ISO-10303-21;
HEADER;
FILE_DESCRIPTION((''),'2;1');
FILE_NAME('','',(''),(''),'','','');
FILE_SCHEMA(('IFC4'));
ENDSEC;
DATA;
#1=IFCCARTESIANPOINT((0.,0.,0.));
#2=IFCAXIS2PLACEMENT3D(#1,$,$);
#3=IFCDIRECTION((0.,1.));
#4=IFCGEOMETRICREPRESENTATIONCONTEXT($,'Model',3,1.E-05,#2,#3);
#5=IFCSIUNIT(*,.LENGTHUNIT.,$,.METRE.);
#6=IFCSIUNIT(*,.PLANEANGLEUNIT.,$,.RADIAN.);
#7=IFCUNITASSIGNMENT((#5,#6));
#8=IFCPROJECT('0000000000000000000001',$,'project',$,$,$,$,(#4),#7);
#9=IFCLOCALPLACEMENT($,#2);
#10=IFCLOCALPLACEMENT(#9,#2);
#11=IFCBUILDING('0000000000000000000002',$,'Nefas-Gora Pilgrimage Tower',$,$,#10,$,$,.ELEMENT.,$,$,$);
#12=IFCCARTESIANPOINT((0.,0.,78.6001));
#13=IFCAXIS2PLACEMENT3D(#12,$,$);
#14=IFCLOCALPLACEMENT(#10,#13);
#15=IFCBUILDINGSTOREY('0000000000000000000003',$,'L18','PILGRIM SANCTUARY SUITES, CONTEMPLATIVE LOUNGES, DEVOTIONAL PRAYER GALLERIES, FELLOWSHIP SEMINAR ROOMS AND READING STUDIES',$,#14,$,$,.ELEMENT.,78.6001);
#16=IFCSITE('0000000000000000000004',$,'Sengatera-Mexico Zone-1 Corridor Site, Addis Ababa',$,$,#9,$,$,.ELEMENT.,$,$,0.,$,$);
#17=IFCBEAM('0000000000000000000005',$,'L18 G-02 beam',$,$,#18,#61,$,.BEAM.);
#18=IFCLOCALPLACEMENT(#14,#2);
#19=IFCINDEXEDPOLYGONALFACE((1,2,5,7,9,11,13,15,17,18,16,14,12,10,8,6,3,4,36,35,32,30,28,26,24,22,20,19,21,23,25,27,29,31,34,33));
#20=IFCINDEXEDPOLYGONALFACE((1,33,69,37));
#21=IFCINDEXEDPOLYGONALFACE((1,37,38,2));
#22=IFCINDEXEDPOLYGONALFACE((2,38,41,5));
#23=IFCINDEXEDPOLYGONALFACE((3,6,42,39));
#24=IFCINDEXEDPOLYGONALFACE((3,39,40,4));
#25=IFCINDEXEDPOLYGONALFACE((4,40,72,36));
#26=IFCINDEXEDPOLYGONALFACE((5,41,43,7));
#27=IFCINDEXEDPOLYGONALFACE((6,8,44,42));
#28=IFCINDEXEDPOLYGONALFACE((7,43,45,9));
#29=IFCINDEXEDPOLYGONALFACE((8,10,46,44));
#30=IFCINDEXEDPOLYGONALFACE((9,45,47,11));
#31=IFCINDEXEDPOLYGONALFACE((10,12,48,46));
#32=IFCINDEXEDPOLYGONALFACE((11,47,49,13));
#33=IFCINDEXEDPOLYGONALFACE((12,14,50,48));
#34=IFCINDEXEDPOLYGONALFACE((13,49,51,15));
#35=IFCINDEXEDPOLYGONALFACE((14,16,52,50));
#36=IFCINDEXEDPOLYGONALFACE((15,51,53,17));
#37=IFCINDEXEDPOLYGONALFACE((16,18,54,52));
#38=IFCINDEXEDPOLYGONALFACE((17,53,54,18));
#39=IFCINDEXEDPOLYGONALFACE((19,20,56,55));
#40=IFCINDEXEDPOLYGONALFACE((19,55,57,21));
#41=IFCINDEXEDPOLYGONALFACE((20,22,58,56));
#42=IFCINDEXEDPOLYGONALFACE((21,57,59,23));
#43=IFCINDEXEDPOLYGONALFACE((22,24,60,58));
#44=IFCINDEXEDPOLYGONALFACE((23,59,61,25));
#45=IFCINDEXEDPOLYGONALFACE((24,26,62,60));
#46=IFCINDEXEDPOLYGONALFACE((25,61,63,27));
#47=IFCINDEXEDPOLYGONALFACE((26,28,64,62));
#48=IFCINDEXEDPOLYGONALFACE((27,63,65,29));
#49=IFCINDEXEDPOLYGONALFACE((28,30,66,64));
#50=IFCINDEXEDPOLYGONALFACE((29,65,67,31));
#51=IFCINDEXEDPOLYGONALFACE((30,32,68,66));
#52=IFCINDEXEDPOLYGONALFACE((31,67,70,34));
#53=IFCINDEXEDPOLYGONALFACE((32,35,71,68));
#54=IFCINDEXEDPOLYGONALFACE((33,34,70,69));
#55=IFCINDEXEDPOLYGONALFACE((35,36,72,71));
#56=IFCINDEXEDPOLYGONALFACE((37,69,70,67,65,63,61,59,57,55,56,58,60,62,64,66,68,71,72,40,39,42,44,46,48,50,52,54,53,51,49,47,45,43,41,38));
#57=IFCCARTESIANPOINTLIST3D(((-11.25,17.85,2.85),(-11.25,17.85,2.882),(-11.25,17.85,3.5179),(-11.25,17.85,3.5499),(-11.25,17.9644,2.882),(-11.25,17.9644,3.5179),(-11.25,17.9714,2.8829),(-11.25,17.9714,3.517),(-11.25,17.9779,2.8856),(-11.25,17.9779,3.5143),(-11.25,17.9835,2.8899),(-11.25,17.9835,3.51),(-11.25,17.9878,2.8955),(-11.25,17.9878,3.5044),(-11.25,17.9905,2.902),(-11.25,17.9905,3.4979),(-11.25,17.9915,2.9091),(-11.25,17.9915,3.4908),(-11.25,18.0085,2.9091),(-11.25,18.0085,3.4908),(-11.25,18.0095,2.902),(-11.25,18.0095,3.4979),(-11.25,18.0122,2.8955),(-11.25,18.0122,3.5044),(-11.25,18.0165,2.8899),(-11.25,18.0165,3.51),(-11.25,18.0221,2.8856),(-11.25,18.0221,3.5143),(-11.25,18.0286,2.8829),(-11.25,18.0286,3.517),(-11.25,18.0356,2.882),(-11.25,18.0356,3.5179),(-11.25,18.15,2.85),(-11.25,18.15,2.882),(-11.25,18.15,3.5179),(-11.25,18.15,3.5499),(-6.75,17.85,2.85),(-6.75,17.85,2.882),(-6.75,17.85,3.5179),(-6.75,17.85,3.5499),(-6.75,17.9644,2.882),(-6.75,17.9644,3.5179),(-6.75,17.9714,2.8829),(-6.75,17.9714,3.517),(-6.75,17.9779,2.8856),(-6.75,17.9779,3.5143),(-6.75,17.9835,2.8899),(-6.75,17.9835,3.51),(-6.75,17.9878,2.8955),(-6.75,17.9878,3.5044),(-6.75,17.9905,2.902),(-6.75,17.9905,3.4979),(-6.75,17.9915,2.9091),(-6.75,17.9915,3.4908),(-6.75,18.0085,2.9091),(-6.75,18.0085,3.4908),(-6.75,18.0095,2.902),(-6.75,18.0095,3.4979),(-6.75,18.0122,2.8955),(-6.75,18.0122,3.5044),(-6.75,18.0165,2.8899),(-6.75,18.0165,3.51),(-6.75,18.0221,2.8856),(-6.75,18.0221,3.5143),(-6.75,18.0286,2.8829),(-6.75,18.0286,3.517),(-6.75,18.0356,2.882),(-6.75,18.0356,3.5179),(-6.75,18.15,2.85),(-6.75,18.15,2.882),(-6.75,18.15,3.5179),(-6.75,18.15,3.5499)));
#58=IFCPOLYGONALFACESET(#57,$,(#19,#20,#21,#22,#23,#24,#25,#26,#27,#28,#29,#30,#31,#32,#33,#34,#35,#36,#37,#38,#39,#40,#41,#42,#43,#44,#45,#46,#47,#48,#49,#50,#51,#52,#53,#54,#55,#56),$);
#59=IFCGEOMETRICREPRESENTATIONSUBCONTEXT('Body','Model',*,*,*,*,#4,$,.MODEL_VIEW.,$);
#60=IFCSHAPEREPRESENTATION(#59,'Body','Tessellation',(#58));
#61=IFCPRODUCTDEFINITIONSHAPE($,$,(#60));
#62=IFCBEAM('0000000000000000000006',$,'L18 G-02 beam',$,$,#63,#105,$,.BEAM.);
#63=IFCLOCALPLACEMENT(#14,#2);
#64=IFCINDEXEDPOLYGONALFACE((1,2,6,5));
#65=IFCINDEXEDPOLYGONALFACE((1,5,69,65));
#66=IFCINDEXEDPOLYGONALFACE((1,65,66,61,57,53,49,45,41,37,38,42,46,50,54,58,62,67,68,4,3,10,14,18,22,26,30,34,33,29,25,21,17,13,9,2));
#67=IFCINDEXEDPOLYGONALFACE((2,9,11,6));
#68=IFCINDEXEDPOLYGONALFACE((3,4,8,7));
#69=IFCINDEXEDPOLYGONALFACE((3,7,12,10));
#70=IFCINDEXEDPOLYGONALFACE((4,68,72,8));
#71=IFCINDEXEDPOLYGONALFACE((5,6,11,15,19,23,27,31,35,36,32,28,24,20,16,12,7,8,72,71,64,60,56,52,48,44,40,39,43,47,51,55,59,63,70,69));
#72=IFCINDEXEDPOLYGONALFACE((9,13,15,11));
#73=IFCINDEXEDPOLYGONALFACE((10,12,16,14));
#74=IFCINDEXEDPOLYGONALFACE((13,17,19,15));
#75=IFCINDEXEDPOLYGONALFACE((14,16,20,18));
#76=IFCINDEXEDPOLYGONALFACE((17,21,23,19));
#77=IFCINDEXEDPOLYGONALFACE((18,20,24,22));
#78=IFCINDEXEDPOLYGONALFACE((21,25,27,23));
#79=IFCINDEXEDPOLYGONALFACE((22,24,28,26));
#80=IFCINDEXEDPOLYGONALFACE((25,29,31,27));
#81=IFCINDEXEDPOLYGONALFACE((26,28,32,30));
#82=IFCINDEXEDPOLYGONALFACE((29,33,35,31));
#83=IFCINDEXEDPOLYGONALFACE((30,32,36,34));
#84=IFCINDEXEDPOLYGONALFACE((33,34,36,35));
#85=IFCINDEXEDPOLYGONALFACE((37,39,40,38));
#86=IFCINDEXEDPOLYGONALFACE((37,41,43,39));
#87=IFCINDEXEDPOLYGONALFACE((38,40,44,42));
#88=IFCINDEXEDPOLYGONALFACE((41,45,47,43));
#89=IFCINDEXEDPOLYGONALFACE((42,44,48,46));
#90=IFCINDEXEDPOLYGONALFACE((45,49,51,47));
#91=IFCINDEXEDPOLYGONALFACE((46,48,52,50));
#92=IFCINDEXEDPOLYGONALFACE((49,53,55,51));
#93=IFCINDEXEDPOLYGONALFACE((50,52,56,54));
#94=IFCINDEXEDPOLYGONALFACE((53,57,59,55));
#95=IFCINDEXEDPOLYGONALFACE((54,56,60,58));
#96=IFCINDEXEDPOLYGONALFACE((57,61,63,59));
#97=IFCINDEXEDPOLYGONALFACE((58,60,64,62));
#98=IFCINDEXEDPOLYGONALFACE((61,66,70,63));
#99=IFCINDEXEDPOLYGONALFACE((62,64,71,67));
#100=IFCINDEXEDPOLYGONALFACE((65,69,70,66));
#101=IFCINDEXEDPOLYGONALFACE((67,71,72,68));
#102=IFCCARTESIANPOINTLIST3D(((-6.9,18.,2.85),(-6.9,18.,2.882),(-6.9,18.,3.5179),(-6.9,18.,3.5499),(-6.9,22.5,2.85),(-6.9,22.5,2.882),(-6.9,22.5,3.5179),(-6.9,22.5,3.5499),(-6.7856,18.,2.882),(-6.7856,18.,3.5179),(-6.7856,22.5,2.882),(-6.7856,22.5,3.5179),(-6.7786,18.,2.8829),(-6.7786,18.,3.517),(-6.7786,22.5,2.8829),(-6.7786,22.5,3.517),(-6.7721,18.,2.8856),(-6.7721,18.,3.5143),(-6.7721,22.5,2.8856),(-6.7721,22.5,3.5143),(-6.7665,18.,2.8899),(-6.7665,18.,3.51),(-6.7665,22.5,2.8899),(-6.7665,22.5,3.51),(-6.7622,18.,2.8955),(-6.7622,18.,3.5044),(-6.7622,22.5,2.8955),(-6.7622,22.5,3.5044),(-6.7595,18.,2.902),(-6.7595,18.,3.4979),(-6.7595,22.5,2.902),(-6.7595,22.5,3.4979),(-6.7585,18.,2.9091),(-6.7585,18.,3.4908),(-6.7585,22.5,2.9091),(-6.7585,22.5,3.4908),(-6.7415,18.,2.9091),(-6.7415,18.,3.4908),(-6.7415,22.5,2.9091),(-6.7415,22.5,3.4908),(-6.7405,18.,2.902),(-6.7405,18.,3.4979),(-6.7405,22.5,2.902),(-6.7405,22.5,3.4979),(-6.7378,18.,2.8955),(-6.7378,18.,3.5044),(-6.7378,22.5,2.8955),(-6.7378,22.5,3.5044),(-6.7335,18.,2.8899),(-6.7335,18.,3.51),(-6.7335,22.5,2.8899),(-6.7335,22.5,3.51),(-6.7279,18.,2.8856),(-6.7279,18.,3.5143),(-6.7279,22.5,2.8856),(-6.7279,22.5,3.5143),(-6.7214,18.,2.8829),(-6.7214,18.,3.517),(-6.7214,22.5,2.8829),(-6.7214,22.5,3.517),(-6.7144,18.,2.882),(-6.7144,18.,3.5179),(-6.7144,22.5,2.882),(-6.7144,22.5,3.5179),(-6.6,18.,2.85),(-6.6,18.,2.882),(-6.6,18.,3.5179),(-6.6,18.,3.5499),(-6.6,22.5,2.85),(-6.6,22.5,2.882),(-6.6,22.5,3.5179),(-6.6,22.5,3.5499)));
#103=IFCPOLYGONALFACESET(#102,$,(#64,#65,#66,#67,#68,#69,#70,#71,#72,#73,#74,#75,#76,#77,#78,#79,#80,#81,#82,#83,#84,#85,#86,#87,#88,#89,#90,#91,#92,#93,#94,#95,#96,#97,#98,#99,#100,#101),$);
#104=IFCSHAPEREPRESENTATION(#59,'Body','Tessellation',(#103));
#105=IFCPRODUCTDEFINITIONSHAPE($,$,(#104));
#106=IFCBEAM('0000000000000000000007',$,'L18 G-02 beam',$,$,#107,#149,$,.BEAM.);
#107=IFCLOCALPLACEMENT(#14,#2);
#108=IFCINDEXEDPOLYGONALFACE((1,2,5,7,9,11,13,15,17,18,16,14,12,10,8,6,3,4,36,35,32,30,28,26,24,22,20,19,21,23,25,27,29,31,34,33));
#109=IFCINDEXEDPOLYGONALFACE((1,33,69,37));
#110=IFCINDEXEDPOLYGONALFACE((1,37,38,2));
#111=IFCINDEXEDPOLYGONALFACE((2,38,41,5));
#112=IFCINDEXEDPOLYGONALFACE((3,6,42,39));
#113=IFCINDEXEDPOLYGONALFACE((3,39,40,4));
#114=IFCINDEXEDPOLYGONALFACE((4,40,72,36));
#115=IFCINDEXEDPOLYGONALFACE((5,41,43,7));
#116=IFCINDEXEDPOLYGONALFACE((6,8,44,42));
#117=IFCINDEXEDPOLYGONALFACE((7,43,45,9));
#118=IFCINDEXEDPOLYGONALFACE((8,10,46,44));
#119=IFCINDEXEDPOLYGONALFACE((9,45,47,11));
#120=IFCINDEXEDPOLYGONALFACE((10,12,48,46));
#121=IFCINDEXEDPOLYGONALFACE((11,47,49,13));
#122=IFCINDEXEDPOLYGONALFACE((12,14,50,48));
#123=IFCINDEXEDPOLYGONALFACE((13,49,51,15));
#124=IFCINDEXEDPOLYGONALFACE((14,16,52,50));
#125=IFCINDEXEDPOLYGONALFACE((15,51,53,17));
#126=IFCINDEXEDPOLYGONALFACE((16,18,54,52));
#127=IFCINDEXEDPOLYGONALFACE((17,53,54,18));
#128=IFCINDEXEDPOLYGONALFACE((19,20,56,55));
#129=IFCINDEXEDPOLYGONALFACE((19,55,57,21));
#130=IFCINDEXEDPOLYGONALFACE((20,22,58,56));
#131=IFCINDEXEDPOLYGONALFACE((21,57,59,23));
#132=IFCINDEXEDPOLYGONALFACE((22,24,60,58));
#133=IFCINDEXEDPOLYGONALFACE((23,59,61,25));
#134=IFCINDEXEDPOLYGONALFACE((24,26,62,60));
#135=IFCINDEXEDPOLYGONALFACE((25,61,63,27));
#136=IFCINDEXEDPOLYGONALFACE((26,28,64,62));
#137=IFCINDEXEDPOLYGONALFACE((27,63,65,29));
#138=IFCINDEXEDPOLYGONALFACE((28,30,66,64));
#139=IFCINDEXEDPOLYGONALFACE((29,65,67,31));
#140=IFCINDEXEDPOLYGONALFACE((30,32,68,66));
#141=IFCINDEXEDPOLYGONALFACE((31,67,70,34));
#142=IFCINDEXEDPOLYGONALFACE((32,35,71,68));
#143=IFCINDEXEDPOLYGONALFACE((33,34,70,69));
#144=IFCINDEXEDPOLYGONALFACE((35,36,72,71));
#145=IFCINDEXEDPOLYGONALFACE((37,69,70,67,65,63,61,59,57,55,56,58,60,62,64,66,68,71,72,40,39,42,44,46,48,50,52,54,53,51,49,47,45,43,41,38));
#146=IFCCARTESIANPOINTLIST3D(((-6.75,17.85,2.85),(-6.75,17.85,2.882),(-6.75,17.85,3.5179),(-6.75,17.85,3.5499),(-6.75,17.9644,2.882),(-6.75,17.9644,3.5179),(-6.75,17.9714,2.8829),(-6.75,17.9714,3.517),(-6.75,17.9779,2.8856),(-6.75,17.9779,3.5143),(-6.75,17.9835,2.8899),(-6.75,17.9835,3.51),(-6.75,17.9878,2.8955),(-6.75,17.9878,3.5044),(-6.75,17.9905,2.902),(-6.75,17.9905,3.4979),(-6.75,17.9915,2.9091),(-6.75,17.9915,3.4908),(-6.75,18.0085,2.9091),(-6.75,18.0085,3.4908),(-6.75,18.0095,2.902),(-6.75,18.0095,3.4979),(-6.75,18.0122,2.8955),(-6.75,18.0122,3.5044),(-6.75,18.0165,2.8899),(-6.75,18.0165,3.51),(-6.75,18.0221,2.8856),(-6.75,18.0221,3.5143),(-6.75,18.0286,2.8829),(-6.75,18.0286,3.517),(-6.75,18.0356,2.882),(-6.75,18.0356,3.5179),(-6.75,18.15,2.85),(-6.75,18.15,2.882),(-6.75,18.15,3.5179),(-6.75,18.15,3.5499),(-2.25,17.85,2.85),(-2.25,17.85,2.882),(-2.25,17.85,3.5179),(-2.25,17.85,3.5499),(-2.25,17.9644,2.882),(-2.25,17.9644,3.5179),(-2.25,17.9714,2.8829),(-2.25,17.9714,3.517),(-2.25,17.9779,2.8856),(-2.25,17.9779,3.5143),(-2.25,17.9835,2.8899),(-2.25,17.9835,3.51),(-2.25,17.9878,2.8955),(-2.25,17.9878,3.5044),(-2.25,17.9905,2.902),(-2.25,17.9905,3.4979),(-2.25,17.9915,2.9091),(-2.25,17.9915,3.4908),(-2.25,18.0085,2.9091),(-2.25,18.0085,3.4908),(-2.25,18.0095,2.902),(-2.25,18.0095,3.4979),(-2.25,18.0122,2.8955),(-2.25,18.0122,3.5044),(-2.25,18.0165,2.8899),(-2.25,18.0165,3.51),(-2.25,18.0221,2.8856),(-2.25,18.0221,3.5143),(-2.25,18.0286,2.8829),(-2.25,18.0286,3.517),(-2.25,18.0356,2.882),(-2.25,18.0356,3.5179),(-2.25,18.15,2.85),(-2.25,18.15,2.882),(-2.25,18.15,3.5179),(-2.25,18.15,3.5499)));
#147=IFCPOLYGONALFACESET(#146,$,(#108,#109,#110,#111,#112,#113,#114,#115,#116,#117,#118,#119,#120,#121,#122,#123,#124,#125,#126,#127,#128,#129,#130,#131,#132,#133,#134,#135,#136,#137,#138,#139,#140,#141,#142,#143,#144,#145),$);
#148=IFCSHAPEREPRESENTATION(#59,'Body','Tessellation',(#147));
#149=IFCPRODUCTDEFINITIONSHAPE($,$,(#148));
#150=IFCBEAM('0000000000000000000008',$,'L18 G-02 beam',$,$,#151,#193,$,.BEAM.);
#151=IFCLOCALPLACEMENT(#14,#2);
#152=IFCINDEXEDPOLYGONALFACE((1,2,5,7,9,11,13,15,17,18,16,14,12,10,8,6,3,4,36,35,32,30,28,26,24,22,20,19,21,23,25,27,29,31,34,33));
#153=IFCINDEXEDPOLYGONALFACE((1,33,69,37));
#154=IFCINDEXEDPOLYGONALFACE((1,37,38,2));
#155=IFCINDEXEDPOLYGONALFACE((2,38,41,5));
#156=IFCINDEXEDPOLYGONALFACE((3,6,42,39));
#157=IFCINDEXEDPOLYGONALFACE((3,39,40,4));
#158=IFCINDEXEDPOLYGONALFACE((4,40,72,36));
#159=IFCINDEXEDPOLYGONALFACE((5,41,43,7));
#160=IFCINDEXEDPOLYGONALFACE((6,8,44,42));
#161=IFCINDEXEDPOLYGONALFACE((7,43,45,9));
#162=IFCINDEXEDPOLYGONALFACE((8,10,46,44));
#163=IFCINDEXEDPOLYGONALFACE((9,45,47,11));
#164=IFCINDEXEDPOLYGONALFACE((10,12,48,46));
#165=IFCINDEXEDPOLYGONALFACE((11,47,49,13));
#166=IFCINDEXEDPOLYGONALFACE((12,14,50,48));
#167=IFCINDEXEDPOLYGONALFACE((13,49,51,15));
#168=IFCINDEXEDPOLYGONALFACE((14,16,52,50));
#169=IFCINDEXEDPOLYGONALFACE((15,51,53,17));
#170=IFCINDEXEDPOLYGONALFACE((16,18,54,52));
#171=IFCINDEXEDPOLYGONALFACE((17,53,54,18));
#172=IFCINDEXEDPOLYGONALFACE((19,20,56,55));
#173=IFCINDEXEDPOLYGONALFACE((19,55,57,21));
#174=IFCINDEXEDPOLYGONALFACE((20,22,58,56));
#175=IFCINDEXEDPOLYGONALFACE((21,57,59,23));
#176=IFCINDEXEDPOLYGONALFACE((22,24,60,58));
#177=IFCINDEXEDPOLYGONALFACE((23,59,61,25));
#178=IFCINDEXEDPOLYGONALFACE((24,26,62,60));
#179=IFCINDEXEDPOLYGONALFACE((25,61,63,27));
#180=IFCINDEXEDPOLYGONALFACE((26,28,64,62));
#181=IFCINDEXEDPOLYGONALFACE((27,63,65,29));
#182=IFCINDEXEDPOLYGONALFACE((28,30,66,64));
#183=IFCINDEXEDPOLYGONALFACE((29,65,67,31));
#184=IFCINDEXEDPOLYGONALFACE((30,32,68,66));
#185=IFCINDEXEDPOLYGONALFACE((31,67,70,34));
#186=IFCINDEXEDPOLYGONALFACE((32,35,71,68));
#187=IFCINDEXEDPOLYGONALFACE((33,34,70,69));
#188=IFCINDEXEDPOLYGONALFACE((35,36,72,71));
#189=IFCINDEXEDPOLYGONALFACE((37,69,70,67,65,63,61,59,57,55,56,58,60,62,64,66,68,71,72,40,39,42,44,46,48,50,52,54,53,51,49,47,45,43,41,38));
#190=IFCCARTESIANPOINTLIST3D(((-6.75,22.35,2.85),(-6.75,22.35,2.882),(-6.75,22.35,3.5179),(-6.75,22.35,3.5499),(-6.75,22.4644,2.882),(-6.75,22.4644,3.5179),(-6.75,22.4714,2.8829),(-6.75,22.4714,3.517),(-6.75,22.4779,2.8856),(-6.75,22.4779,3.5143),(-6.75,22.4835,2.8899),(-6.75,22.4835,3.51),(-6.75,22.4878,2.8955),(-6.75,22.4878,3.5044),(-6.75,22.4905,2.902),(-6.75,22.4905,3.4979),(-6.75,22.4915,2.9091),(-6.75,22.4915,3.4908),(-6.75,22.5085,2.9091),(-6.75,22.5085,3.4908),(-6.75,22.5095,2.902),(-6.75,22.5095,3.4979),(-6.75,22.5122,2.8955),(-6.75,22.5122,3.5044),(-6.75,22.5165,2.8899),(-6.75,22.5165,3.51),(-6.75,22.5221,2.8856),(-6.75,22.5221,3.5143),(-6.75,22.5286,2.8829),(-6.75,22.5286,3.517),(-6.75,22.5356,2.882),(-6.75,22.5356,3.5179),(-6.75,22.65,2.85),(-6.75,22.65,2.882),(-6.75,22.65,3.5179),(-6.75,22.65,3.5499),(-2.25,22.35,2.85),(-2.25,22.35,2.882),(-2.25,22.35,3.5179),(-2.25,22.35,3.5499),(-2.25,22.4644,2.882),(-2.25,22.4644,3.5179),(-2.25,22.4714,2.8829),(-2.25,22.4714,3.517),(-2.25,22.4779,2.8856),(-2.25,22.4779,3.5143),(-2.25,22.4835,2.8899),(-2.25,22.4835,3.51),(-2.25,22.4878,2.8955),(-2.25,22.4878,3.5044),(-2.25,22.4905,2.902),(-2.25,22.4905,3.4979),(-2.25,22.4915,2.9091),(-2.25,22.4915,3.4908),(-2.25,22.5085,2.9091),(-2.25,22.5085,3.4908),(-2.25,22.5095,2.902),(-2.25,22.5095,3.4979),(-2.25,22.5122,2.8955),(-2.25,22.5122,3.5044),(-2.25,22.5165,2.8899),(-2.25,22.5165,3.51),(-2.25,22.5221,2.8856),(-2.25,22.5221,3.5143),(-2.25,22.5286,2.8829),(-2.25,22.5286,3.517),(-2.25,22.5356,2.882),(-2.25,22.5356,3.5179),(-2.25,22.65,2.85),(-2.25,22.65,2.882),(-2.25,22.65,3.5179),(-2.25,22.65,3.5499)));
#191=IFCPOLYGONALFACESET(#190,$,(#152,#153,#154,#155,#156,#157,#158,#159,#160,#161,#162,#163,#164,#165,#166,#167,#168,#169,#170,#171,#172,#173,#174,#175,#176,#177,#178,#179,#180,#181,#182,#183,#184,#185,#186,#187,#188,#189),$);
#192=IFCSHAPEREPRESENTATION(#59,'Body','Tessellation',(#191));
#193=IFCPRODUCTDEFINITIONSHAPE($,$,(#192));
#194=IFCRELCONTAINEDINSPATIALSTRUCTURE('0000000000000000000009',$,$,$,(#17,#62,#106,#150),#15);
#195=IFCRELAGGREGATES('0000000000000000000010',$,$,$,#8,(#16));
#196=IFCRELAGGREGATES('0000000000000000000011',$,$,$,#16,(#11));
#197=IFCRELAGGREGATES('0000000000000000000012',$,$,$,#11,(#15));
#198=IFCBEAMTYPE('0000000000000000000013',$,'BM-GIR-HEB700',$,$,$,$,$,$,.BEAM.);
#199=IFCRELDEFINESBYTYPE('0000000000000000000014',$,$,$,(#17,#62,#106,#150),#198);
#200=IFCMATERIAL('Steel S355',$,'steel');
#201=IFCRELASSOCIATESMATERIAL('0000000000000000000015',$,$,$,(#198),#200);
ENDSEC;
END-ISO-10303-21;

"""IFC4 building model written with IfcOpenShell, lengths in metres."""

from ifc_helpers import new_model, si_unit, direction, frame, origin, origin_2d, place, context, subcontext, project, spatial, i_section, extrude, source, transform, mapped, material, material_profile, profile_set, type_object, element, save


model = new_model("IFC4")

# Units and contexts
model_context = context("Model", 3, precision=1e-05, world=origin(), true_north=direction((0.0, 1.0)))
body_context = subcontext(model_context, "Body", "Model", "MODEL_VIEW")
ifc_project = project(units=[si_unit("LENGTHUNIT", "METRE"), si_unit("PLANEANGLEUNIT", "RADIAN")], contexts=[model_context])

# Site, building, storey
site_placement = place(None, origin())
site = spatial("IfcSite", under=ifc_project, at=site_placement, Name="Sengatera-Mexico Zone-1 Corridor Site, Addis Ababa", CompositionType="ELEMENT", RefElevation=0.0)
building_placement = place(site_placement, origin())
building = spatial("IfcBuilding", under=site, at=building_placement, Name="Nefas-Gora Pilgrimage Tower", CompositionType="ELEMENT")
storey_placement = place(building_placement, frame((0.0, 0.0, 78.6001)))
storey = spatial("IfcBuildingStorey", under=building, at=storey_placement, Name="L18", Description="PILGRIM SANCTUARY SUITES, CONTEMPLATIVE LOUNGES, DEVOTIONAL PRAYER GALLERIES, FELLOWSHIP SEMINAR ROOMS AND READING STUDIES", CompositionType="ELEMENT", Elevation=78.6001)

# Beams
ifc_material_1 = material(Name="Steel S355", Category="steel")
ifc_material_profile_1 = material_profile(ifc_material_1, i_section(OverallWidth=0.3, OverallDepth=0.7, WebThickness=0.0171, FlangeThickness=0.032, FilletRadius=0.0271, at=origin_2d()), Name="HEB 700")
ifc_profile_set_1 = profile_set([ifc_material_profile_1], Name="Steel S355")
beam_type_1 = type_object("IfcBeamType", Name="BM-GIR-HEB700", PredefinedType="BEAM", material=ifc_profile_set_1)
shared_shape_1 = source(origin(), body_context, "Body", "SweptSolid", [
    extrude(i_section(OverallWidth=0.3, OverallDepth=0.7, WebThickness=0.0171, FlangeThickness=0.032, FilletRadius=0.0271, at=origin_2d()), origin(), (0.0, 0.0, 1.0), 4.5),
])
for number, where, z_axis, x_axis, name in (
    (1, (-11.25, 18.0, 3.2), (1.0, 0.0, 0.0), (0.0, 1.0, 0.0), "L18 G-02 beam"),
    (2, (-6.75, 18.0, 3.2), (0.0, 1.0, 0.0), (-1.0, 0.0, 0.0), "L18 G-02 beam"),
    (3, (-6.75, 18.0, 3.2), (1.0, 0.0, 0.0), (0.0, 1.0, 0.0), "L18 G-02 beam"),
    (4, (-6.75, 22.5, 3.2), (1.0, 0.0, 0.0), (0.0, 1.0, 0.0), "L18 G-02 beam"),
):
    element("IfcBeam", number, at=place(storey_placement, frame(where, z_axis=z_axis, x_axis=x_axis)), inside=storey, type_object=beam_type_1, Name=name, PredefinedType="BEAM", context=body_context, shape_type="MappedRepresentation", body=[
        mapped(shared_shape_1, transform((0.0, 0.0, 0.0), x_axis=(1.0, 0.0, 0.0), y_axis=(0.0, 1.0, 0.0), z_axis=(0.0, 0.0, 1.0), scale=1.0)),
    ])

save(model, "model.ifc")
